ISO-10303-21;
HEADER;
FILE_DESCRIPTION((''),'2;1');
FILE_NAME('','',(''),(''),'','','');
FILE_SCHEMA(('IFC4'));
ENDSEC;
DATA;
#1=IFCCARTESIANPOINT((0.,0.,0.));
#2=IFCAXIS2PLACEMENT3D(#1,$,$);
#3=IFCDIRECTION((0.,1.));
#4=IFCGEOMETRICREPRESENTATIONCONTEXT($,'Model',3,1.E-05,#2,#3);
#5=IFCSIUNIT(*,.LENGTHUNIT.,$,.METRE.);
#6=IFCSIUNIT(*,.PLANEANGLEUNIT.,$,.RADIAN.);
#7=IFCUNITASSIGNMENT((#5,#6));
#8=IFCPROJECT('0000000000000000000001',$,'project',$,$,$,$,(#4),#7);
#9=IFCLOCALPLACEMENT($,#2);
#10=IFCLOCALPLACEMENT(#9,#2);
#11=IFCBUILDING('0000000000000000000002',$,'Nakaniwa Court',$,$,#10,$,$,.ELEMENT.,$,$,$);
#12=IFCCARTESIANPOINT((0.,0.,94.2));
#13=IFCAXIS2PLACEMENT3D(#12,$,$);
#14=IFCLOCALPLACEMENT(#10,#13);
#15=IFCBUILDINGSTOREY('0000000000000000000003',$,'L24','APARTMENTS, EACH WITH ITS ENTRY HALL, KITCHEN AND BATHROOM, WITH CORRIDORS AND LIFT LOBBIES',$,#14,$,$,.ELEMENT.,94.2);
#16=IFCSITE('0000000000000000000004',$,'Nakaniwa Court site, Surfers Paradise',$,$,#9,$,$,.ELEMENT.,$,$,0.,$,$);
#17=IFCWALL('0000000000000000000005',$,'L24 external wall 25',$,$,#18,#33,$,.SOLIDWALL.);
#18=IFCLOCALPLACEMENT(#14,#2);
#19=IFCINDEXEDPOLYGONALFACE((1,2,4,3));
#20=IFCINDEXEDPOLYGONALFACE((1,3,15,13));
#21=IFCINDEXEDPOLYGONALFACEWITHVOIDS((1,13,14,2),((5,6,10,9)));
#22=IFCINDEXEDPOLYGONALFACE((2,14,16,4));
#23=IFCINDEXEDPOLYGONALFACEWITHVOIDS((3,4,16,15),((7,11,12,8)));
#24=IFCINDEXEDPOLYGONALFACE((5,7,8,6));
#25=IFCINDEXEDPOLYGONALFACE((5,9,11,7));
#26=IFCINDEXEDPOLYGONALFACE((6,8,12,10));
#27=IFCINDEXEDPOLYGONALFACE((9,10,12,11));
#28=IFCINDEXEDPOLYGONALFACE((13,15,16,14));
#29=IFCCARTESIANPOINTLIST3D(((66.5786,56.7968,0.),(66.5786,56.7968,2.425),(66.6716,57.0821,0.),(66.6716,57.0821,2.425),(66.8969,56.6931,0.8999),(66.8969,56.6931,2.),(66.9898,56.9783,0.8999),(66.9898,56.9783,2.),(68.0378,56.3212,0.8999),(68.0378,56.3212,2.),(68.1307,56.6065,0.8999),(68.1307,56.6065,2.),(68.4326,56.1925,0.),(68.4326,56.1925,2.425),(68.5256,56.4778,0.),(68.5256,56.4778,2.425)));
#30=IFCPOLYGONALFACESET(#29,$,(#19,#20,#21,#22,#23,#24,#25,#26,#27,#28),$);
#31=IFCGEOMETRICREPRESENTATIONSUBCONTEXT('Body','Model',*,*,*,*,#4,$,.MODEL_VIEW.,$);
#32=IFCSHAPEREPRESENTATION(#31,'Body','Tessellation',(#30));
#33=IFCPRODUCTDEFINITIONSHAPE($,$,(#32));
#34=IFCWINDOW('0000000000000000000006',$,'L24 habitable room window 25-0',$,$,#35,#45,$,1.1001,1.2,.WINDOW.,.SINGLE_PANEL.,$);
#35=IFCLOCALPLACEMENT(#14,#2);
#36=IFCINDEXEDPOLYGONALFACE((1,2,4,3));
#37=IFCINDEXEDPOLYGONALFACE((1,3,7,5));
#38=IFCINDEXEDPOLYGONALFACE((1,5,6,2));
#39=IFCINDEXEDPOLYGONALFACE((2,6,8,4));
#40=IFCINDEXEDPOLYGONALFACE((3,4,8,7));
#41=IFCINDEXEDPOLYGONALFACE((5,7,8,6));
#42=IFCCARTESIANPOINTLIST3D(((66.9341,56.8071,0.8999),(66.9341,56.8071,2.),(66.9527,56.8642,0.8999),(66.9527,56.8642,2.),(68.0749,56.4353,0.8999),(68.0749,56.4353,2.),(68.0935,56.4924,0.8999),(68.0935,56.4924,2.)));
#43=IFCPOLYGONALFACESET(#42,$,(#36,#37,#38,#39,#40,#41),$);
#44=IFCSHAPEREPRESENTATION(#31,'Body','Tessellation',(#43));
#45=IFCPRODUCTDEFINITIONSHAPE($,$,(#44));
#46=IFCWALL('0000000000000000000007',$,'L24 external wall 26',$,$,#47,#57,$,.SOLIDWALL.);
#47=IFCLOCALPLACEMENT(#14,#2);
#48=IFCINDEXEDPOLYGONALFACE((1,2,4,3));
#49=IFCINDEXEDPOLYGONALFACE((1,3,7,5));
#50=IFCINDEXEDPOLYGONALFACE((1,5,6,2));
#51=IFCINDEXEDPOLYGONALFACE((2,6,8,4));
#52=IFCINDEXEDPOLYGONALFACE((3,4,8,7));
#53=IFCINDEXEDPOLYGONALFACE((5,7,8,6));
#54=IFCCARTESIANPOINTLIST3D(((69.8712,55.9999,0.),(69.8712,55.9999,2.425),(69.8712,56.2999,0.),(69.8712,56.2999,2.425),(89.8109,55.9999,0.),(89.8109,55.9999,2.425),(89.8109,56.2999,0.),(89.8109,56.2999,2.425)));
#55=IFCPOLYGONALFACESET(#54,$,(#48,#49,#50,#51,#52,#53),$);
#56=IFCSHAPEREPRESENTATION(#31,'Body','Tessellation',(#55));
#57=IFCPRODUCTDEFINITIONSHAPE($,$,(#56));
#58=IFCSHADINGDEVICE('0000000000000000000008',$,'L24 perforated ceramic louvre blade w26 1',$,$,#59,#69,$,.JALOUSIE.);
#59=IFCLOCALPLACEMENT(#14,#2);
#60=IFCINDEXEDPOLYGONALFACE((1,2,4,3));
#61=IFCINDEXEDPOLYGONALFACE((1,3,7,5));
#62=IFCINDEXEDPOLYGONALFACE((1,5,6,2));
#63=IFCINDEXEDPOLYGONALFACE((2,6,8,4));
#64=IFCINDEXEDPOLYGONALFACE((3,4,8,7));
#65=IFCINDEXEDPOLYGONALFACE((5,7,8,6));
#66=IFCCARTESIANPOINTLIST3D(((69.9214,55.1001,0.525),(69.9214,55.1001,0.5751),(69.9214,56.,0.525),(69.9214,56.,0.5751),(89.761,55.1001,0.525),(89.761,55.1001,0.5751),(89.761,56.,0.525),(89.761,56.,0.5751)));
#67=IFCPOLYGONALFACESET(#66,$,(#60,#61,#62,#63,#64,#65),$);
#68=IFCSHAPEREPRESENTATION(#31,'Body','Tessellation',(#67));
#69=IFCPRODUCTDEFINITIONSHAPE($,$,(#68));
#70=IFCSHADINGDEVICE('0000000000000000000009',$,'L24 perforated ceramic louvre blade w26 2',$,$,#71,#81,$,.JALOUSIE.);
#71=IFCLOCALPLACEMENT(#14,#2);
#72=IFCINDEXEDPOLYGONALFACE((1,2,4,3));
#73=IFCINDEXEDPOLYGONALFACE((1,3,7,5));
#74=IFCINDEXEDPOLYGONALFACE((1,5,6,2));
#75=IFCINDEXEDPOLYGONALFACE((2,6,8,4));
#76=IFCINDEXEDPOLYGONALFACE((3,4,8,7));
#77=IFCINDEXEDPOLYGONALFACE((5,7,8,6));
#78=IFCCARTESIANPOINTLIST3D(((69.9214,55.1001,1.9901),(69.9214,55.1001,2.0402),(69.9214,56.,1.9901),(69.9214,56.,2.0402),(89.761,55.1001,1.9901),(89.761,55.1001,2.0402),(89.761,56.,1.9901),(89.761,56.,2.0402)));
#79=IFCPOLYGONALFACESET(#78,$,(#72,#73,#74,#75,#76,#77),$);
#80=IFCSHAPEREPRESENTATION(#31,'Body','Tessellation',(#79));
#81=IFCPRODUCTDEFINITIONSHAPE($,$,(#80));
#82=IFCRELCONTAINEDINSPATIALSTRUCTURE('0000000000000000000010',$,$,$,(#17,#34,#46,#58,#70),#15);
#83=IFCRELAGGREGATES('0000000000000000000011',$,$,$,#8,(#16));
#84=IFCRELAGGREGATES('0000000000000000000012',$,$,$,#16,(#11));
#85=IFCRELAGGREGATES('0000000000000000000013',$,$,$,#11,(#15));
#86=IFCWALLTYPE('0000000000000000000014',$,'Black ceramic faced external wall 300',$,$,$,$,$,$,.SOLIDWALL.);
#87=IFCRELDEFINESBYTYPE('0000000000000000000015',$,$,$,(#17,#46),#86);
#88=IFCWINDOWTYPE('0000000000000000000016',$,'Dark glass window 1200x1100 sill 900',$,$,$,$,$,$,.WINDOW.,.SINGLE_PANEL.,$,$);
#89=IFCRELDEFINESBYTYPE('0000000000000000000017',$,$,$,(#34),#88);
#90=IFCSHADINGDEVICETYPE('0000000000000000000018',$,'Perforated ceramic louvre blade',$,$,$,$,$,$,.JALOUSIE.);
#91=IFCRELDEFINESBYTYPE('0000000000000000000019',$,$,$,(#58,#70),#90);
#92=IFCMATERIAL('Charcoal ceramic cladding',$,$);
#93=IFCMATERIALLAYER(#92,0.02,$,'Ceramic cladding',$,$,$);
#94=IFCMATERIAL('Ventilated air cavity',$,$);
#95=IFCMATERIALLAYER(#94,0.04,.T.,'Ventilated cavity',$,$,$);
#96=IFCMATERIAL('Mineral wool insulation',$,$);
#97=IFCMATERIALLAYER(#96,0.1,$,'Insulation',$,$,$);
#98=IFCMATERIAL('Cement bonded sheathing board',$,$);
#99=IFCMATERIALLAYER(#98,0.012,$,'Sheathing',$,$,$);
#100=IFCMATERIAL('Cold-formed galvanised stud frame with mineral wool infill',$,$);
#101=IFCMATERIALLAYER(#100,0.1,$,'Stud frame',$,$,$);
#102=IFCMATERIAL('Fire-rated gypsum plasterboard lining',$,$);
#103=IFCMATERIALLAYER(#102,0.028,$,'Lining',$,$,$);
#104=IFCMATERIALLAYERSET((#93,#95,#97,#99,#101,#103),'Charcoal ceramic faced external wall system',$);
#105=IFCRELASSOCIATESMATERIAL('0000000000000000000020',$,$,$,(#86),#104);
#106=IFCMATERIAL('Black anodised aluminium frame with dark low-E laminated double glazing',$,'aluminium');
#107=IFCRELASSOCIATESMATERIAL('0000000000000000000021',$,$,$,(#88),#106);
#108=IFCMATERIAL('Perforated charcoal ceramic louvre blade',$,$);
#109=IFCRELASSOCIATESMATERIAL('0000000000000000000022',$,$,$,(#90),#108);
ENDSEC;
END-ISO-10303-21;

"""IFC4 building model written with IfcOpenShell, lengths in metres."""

from ifc_helpers import new_model, si_unit, direction, frame, frame_2d, origin, origin_2d, place, context, subcontext, project, spatial, rectangle, extrude, material, layer, layer_set, material_profile, profile_set, type_object, element, fill, save


model = new_model("IFC4")

# Units and contexts
model_context = context("Model", 3, precision=1e-05, world=origin(), true_north=direction((0.0, 1.0)))
body_context = subcontext(model_context, "Body", "Model", "MODEL_VIEW")
ifc_project = project(units=[si_unit("LENGTHUNIT", "METRE"), si_unit("PLANEANGLEUNIT", "RADIAN")], contexts=[model_context])

# Site, building, storey
site_placement = place(None, origin())
site = spatial("IfcSite", under=ifc_project, at=site_placement, Name="Nakaniwa Court site, Surfers Paradise", CompositionType="ELEMENT", RefElevation=0.0)
building_placement = place(site_placement, origin())
building = spatial("IfcBuilding", under=site, at=building_placement, Name="Nakaniwa Court", CompositionType="ELEMENT")
storey_placement = place(building_placement, frame((0.0, 0.0, 94.2)))
storey = spatial("IfcBuildingStorey", under=building, at=storey_placement, Name="L24", Description="APARTMENTS, EACH WITH ITS ENTRY HALL, KITCHEN AND BATHROOM, WITH CORRIDORS AND LIFT LOBBIES", CompositionType="ELEMENT", Elevation=94.2)

# Wall, opening, window
ifc_material_1 = material(Name="Charcoal ceramic cladding")
ifc_layer_1 = layer(ifc_material_1, 0.02, Name="Ceramic cladding")
ifc_material_2 = material(Name="Ventilated air cavity")
ifc_layer_2 = layer(ifc_material_2, 0.04, ventilated=True, Name="Ventilated cavity")
ifc_material_3 = material(Name="Mineral wool insulation")
ifc_layer_3 = layer(ifc_material_3, 0.1, Name="Insulation")
ifc_material_4 = material(Name="Cement bonded sheathing board")
ifc_layer_4 = layer(ifc_material_4, 0.012, Name="Sheathing")
ifc_material_5 = material(Name="Cold-formed galvanised stud frame with mineral wool infill")
ifc_layer_5 = layer(ifc_material_5, 0.1, Name="Stud frame")
ifc_material_6 = material(Name="Fire-rated gypsum plasterboard lining")
ifc_layer_6 = layer(ifc_material_6, 0.028, Name="Lining")
ifc_layer_set_1 = layer_set([ifc_layer_1, ifc_layer_2, ifc_layer_3, ifc_layer_4, ifc_layer_5, ifc_layer_6], Name="Charcoal ceramic faced external wall system")
wall_type_1 = type_object("IfcWallType", Name="Black ceramic faced external wall 300", PredefinedType="SOLIDWALL", material=ifc_layer_set_1)
ifc_material_7 = material(Name="Black anodised aluminium frame with dark low-E laminated double glazing", Category="aluminium")
window_type_1 = type_object("IfcWindowType", Name="Dark glass window 1200x1100 sill 900", PartitioningType="SINGLE_PANEL", PredefinedType="WINDOW", material=ifc_material_7)
wall_1_placement = place(storey_placement, frame((66.625, 56.9395, 0.0), z_axis=(0.0, 0.0, 1.0), x_axis=(0.950778, -0.309873, 0.0)))
wall_1 = element("IfcWall", 1, at=wall_1_placement, inside=storey, type_object=wall_type_1, Name="L24 external wall 25", PredefinedType="SOLIDWALL", context=body_context, shape_type="SweptSolid", body=[
    extrude(rectangle(XDim=1.95, YDim=0.3, at=frame_2d((0.9751, 0.0))), origin(), (0.0, 0.0, 1.0), 2.425),
])
opening_1_placement = place(wall_1_placement, frame((0.3347, 0.0, 0.8999)))
opening_1 = element("IfcOpeningElement", 2, at=opening_1_placement, cuts=wall_1, PredefinedType="OPENING", context=body_context, shape_type="SweptSolid", body=[
    extrude(rectangle(XDim=1.2, YDim=1.1001, at=frame_2d((0.6001, 0.55))), frame((0.0, 0.1599, 0.0), z_axis=(0.0, -1.0, 0.0), x_axis=(1.0, 0.0, 0.0)), (0.0, 0.0, 1.0), 0.3201),
])
window_1_placement = place(opening_1_placement, origin())
window_1 = element("IfcWindow", 3, at=window_1_placement, inside=storey, type_object=window_type_1, Name="L24 habitable room window 25-0", OverallHeight=1.1001, OverallWidth=1.2, PartitioningType="SINGLE_PANEL", PredefinedType="WINDOW", context=body_context, shape_type="SweptSolid", body=[
    extrude(rectangle(XDim=1.2, YDim=1.1001, at=frame_2d((0.6001, 0.55))), frame((0.0, 0.03, 0.0), z_axis=(0.0, -1.0, 0.0), x_axis=(1.0, 0.0, 0.0)), (0.0, 0.0, 1.0), 0.0601),
])
fill(opening_1, window_1)

# Wall
wall_2_placement = place(storey_placement, frame((69.8713, 56.1499, 0.0), z_axis=(0.0, 0.0, 1.0), x_axis=(1.0, 0.0, 0.0)))
element("IfcWall", 4, at=wall_2_placement, inside=storey, type_object=wall_type_1, Name="L24 external wall 26", PredefinedType="SOLIDWALL", context=body_context, shape_type="SweptSolid", body=[
    extrude(rectangle(XDim=19.9397, YDim=0.3, at=frame_2d((9.9697, 0.0))), origin(), (0.0, 0.0, 1.0), 2.425),
])

# Shading devices
ifc_material_8 = material(Name="Perforated charcoal ceramic louvre blade")
ifc_material_profile_1 = material_profile(ifc_material_8, rectangle(XDim=0.8999, YDim=0.05, at=origin_2d()), Name="Perforated ceramic louvre blade")
ifc_profile_set_1 = profile_set([ifc_material_profile_1], Name="Perforated charcoal ceramic louvre blade")
shading_device_type = type_object("IfcShadingDeviceType", Name="Perforated ceramic louvre blade", PredefinedType="JALOUSIE", material=ifc_profile_set_1)
for number, where, z_axis, x_axis, name in (
    (5, (69.9214, 55.55, 0.55), (1.0, 0.0, 0.0), (0.0, 1.0, 0.0), "L24 perforated ceramic louvre blade w26 1"),
    (6, (69.9214, 55.55, 2.0151), (1.0, 0.0, 0.0), (0.0, 1.0, 0.0), "L24 perforated ceramic louvre blade w26 2"),
):
    element("IfcShadingDevice", number, at=place(storey_placement, frame(where, z_axis=z_axis, x_axis=x_axis)), inside=storey, type_object=shading_device_type, Name=name, PredefinedType="JALOUSIE", context=body_context, shape_type="SweptSolid", body=[
        extrude(rectangle(XDim=0.8999, YDim=0.05, at=origin_2d()), origin(), (0.0, 0.0, 1.0), 19.8396),
    ])

save(model, "model.ifc")
